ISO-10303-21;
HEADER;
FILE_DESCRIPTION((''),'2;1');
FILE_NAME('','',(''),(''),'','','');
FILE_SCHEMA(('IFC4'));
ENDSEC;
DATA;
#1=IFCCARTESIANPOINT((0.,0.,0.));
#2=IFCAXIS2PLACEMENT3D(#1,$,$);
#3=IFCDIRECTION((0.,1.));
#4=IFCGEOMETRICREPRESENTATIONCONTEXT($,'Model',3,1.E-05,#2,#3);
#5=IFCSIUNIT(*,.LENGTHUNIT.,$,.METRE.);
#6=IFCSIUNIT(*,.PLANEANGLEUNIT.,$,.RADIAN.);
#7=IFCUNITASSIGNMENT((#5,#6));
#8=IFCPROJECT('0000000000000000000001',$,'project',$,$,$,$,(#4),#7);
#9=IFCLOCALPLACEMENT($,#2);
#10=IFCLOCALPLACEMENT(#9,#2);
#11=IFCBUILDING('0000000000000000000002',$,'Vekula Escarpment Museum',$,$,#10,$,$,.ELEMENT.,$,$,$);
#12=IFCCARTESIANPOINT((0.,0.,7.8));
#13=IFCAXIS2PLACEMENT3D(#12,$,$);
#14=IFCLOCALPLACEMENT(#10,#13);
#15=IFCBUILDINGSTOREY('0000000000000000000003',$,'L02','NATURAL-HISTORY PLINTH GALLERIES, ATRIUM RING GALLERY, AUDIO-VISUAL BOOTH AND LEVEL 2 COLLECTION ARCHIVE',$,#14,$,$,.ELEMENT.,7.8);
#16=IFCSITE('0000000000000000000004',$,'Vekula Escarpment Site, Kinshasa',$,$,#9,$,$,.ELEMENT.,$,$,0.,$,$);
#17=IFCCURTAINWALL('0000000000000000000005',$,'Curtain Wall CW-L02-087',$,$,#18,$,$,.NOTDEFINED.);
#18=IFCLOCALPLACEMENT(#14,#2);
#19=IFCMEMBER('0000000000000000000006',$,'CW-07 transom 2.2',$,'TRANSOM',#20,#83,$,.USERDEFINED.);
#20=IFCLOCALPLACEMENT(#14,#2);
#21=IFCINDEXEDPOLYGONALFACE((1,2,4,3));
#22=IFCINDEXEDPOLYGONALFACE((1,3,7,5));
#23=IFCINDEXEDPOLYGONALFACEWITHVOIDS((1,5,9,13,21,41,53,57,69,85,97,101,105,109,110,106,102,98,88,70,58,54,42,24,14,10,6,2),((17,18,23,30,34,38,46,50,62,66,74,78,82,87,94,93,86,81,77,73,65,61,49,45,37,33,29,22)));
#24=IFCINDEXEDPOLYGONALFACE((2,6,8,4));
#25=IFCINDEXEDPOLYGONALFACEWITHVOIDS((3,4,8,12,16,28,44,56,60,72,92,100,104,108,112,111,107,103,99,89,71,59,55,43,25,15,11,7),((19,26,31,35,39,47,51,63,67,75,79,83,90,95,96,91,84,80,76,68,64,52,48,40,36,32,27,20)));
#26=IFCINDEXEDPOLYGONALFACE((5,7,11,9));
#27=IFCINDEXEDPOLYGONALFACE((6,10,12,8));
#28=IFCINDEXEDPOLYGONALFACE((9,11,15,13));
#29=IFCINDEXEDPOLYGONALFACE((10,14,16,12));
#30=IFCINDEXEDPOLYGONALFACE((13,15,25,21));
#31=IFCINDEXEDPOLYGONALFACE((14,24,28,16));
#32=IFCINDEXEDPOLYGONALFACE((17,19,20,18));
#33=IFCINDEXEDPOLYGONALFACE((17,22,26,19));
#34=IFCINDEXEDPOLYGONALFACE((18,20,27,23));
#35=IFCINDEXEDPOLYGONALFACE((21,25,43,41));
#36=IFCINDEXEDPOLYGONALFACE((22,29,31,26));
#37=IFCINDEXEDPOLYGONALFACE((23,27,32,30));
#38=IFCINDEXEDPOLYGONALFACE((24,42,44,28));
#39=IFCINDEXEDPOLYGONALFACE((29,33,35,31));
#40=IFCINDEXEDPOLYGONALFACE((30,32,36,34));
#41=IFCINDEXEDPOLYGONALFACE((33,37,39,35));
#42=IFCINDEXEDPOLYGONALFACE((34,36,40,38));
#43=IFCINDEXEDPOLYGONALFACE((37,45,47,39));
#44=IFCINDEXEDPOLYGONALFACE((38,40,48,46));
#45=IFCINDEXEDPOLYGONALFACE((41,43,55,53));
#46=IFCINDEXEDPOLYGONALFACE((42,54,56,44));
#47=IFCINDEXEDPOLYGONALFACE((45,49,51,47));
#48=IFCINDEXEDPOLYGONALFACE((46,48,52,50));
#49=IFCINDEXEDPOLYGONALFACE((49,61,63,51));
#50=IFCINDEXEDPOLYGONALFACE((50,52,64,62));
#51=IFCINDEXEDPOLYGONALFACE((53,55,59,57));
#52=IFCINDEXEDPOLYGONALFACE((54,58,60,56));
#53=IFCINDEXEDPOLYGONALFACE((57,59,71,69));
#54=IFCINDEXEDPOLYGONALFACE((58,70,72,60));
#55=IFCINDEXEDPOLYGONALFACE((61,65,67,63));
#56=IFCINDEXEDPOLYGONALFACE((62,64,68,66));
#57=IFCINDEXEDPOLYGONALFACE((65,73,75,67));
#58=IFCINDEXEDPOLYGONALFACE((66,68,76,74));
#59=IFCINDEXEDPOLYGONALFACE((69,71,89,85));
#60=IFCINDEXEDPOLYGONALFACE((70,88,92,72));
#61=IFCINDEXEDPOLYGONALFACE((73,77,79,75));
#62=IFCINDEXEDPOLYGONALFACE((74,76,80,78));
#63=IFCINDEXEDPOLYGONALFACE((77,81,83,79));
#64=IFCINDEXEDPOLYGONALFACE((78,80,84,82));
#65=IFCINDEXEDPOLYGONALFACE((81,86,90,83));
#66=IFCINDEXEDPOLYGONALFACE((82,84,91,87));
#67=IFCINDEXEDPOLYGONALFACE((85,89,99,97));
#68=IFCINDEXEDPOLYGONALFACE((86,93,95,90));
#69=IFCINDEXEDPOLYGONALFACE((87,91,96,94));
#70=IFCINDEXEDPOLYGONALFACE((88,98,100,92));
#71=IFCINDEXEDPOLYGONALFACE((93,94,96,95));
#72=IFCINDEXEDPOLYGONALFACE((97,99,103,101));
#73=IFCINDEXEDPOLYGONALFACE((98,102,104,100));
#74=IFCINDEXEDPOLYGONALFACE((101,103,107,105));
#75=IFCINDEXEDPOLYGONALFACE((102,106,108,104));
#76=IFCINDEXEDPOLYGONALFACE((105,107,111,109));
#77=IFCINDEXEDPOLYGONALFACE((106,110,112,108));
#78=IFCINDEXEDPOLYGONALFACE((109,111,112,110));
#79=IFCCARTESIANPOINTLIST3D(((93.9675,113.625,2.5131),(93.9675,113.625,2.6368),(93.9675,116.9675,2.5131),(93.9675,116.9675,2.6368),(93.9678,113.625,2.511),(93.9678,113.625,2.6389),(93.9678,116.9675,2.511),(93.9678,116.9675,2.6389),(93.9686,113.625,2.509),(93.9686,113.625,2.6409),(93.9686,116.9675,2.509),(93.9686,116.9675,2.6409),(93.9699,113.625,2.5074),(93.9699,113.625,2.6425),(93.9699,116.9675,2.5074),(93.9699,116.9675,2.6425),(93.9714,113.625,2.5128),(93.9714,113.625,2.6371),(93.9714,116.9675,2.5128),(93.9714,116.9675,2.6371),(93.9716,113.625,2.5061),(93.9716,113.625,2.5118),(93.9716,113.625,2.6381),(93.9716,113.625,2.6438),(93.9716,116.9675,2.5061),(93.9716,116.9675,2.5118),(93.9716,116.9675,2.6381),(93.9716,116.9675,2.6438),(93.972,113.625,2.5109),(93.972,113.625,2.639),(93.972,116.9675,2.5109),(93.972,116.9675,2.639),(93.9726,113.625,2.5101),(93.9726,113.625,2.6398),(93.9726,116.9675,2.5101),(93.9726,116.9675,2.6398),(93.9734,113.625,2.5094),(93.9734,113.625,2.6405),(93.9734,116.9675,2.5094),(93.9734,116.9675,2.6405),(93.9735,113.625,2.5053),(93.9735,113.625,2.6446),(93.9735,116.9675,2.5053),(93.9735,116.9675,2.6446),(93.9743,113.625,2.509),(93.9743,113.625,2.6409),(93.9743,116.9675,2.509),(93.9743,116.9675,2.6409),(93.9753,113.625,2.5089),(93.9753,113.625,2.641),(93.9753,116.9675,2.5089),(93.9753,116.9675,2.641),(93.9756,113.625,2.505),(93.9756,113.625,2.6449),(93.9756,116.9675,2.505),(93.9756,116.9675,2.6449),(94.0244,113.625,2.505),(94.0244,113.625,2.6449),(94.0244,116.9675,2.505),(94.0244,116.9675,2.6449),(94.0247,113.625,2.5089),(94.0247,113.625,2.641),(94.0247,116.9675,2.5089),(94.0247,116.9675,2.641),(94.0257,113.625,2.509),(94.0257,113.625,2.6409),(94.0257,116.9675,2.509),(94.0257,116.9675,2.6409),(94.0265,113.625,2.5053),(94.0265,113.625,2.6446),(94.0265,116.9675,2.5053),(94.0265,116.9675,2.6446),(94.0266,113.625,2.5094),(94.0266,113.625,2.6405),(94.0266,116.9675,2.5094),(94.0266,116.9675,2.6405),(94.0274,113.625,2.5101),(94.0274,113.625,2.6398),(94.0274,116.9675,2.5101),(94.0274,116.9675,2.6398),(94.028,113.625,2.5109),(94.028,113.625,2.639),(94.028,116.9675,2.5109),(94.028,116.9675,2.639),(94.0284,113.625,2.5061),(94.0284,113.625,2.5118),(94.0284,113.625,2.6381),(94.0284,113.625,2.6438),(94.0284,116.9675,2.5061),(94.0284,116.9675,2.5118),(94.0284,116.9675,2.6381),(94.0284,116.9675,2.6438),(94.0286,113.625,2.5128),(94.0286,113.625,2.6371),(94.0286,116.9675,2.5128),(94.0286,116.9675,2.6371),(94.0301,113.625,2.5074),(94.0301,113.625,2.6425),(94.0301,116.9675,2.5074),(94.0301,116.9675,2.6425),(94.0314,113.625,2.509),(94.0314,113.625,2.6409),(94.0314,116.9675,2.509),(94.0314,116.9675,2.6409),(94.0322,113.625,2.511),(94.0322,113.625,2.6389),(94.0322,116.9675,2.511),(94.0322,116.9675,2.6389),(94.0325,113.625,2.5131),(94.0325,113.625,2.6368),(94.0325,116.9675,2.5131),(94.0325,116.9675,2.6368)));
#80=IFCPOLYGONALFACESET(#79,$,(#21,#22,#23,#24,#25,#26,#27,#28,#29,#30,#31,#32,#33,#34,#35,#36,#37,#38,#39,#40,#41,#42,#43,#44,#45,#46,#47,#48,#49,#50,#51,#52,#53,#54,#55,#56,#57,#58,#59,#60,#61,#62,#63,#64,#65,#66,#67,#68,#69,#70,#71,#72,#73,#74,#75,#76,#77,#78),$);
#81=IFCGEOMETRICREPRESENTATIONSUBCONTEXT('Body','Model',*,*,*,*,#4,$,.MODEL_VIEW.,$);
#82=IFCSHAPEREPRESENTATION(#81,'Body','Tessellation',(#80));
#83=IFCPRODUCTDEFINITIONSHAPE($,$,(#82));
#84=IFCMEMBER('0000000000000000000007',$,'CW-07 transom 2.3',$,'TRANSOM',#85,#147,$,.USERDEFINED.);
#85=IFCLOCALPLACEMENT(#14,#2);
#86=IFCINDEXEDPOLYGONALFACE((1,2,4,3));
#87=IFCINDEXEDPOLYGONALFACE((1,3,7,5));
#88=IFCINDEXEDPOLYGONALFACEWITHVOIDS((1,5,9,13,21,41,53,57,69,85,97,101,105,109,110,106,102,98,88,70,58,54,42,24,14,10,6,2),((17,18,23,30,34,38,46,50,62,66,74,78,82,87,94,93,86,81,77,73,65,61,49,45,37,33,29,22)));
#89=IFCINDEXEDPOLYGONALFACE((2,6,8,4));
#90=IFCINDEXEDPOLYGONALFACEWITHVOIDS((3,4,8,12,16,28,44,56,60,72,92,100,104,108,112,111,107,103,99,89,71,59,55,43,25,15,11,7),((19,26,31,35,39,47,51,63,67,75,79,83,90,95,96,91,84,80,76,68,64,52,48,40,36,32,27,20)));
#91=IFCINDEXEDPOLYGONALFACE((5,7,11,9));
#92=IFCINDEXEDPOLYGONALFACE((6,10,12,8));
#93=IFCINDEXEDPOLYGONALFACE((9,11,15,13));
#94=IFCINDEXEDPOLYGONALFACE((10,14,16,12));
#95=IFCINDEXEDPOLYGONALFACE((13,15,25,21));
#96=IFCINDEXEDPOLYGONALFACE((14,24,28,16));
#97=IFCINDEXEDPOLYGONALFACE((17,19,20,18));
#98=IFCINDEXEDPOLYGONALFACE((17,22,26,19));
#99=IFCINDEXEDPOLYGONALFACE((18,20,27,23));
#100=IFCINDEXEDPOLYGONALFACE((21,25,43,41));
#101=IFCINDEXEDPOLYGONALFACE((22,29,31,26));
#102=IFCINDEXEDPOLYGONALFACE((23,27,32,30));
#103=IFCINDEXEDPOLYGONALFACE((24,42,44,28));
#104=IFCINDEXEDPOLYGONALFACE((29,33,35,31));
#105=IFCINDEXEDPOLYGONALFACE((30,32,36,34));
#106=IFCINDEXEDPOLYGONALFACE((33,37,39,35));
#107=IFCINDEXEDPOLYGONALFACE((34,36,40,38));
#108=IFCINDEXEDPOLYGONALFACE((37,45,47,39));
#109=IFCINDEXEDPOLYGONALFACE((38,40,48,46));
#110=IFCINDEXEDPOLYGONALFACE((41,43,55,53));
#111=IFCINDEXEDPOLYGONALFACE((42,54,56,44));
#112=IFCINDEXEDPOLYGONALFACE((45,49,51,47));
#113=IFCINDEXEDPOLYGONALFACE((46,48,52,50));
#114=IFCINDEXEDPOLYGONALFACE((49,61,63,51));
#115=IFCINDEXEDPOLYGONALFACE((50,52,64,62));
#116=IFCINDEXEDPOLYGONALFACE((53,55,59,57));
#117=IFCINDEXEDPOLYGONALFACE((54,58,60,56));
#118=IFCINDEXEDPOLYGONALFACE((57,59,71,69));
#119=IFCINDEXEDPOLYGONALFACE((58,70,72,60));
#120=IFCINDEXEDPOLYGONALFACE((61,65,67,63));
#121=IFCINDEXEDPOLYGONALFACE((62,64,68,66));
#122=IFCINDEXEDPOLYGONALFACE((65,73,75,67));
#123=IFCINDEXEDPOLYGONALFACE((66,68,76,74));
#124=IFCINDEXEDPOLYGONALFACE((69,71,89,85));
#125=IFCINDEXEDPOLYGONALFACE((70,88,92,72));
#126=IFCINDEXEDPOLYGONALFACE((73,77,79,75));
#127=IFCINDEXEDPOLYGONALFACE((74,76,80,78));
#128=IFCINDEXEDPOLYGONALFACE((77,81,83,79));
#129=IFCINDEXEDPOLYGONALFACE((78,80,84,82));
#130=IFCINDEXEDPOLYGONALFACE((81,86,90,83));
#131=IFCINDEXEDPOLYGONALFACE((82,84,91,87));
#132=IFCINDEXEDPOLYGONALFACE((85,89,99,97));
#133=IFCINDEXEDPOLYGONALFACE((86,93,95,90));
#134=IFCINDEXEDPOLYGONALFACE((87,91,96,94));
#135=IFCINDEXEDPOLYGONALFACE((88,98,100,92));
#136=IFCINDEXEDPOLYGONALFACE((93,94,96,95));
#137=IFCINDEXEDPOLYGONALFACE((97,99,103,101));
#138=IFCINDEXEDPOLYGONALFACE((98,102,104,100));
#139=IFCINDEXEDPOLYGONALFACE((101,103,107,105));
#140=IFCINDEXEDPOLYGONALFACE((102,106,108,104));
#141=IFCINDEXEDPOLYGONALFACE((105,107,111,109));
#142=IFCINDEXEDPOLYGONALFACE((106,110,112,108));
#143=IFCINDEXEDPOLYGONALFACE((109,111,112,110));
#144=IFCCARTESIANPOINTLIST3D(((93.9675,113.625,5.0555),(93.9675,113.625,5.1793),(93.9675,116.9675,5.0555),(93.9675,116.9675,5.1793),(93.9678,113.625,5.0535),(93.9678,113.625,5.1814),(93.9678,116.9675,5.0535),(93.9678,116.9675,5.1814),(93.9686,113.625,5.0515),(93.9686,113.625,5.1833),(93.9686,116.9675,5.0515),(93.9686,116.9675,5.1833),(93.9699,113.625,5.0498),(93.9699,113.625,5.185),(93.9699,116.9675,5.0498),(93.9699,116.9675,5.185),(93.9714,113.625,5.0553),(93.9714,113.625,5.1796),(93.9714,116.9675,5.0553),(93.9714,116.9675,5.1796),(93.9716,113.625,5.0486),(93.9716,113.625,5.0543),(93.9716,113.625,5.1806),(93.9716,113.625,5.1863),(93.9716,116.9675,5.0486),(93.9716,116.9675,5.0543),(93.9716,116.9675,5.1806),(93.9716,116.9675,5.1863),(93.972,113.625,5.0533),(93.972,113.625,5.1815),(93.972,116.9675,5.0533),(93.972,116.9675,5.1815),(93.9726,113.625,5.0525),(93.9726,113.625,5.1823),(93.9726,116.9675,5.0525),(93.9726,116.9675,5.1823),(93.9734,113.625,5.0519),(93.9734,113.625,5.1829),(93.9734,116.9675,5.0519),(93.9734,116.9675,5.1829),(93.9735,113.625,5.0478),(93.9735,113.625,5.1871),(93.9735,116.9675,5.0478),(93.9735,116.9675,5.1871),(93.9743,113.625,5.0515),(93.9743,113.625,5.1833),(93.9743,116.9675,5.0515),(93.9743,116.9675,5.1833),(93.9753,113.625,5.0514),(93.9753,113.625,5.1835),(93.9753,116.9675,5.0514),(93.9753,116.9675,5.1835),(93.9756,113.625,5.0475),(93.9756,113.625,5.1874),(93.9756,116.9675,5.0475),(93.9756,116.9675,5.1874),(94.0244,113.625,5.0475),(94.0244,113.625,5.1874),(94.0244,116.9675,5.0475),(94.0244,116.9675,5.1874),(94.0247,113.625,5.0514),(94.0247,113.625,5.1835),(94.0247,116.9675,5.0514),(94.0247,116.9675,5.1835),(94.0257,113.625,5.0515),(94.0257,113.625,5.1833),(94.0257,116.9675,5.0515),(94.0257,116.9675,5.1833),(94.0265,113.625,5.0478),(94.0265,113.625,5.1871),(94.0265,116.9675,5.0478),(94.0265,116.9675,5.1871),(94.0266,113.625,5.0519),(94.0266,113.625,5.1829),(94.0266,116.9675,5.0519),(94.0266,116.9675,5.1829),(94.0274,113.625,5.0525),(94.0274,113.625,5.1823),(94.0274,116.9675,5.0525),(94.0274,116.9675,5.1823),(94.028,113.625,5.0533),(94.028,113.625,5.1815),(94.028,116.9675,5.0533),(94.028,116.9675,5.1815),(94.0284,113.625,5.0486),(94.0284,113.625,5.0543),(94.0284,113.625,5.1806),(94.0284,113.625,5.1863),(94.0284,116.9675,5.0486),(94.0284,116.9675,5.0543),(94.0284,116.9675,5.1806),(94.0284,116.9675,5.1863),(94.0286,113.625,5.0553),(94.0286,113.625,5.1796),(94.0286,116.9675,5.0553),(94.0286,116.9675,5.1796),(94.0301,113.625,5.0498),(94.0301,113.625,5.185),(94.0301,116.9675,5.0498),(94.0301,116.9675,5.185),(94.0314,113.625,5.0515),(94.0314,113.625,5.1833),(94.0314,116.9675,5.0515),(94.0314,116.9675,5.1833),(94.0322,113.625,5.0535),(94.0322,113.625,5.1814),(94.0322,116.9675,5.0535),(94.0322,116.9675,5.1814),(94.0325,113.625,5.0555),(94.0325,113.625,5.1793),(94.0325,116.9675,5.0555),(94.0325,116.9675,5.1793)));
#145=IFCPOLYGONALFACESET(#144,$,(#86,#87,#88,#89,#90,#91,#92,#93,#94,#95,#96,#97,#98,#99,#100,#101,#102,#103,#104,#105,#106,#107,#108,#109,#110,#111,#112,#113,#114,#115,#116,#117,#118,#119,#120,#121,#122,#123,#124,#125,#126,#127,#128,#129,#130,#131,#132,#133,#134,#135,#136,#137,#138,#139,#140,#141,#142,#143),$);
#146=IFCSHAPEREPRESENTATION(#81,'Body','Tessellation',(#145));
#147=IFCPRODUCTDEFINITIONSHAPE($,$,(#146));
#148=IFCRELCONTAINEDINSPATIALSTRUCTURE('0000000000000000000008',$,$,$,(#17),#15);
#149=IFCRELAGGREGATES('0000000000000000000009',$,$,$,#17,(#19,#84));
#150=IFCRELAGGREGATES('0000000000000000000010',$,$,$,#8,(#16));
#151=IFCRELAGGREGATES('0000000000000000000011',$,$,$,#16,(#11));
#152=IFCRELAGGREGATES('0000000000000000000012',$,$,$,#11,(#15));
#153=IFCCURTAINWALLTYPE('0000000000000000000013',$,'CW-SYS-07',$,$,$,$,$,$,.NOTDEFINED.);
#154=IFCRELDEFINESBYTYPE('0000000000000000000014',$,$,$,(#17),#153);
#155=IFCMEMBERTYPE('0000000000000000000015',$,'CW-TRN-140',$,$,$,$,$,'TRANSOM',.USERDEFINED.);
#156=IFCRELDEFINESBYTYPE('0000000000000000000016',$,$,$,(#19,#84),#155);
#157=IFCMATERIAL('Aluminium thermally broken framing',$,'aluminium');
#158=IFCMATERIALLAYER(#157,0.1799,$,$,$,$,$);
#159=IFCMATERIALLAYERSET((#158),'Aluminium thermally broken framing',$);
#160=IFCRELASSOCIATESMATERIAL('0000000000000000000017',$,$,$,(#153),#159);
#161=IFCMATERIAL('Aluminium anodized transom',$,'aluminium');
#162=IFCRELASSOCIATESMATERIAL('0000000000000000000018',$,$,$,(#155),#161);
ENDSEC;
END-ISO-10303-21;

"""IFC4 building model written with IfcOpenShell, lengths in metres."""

from ifc_helpers import new_model, si_unit, direction, frame, origin, origin_2d, place, context, subcontext, project, spatial, hollow_rectangle, extrude, material, layer, layer_set, material_profile, profile_set, type_object, element, aggregate, save


model = new_model("IFC4")

# Units and contexts
model_context = context("Model", 3, precision=1e-05, world=origin(), true_north=direction((0.0, 1.0)))
body_context = subcontext(model_context, "Body", "Model", "MODEL_VIEW")
ifc_project = project(units=[si_unit("LENGTHUNIT", "METRE"), si_unit("PLANEANGLEUNIT", "RADIAN")], contexts=[model_context])

# Site, building, storey
site_placement = place(None, origin())
site = spatial("IfcSite", under=ifc_project, at=site_placement, Name="Vekula Escarpment Site, Kinshasa", CompositionType="ELEMENT", RefElevation=0.0)
building_placement = place(site_placement, origin())
building = spatial("IfcBuilding", under=site, at=building_placement, Name="Vekula Escarpment Museum", CompositionType="ELEMENT")
storey_placement = place(building_placement, frame((0.0, 0.0, 7.8)))
storey = spatial("IfcBuildingStorey", under=building, at=storey_placement, Name="L02", Description="NATURAL-HISTORY PLINTH GALLERIES, ATRIUM RING GALLERY, AUDIO-VISUAL BOOTH AND LEVEL 2 COLLECTION ARCHIVE", CompositionType="ELEMENT", Elevation=7.8)

# Curtain wall
ifc_material_1 = material(Name="Aluminium thermally broken framing", Category="aluminium")
ifc_layer_1 = layer(ifc_material_1, 0.1799)
ifc_layer_set_1 = layer_set([ifc_layer_1], Name="Aluminium thermally broken framing")
curtain_wall_type_1 = type_object("IfcCurtainWallType", Name="CW-SYS-07", PredefinedType="NOTDEFINED", material=ifc_layer_set_1)
curtain_wall_1_placement = place(storey_placement, origin())
curtain_wall_1 = element("IfcCurtainWall", 1, at=curtain_wall_1_placement, inside=storey, type_object=curtain_wall_type_1, Name="Curtain Wall CW-L02-087", PredefinedType="NOTDEFINED")

# Members
ifc_material_2 = material(Name="Aluminium anodized transom", Category="aluminium")
ifc_material_profile_1 = material_profile(ifc_material_2, hollow_rectangle(XDim=0.0649, YDim=0.1399, WallThickness=0.0039, InnerFilletRadius=0.0039, OuterFilletRadius=0.0081, at=origin_2d()), Name="ALU 140x65x4")
ifc_profile_set_1 = profile_set([ifc_material_profile_1], Name="Aluminium anodized transom")
member_type_1 = type_object("IfcMemberType", Name="CW-TRN-140", ElementType="TRANSOM", PredefinedType="USERDEFINED", material=ifc_profile_set_1)
member_1_placement = place(storey_placement, frame((94.0, 116.9675, 2.575), z_axis=(0.0, -1.0, 0.0), x_axis=(1.0, 0.0, 0.0)))
member_1 = element("IfcMember", 2, at=member_1_placement, type_object=member_type_1, Name="CW-07 transom 2.2", ObjectType="TRANSOM", PredefinedType="USERDEFINED", context=body_context, shape_type="SweptSolid", body=[
    extrude(hollow_rectangle(XDim=0.0649, YDim=0.1399, WallThickness=0.0039, InnerFilletRadius=0.0039, OuterFilletRadius=0.0081, at=origin_2d()), origin(), (0.0, 0.0, 1.0), 3.3425),
])
member_2_placement = place(storey_placement, frame((94.0, 116.9675, 5.1174), z_axis=(0.0, -1.0, 0.0), x_axis=(1.0, 0.0, 0.0)))
member_2 = element("IfcMember", 3, at=member_2_placement, type_object=member_type_1, Name="CW-07 transom 2.3", ObjectType="TRANSOM", PredefinedType="USERDEFINED", context=body_context, shape_type="SweptSolid", body=[
    extrude(hollow_rectangle(XDim=0.0649, YDim=0.1399, WallThickness=0.0039, InnerFilletRadius=0.0039, OuterFilletRadius=0.0081, at=origin_2d()), origin(), (0.0, 0.0, 1.0), 3.3425),
])

aggregate(curtain_wall_1, [member_1, member_2])

save(model, "model.ifc")
